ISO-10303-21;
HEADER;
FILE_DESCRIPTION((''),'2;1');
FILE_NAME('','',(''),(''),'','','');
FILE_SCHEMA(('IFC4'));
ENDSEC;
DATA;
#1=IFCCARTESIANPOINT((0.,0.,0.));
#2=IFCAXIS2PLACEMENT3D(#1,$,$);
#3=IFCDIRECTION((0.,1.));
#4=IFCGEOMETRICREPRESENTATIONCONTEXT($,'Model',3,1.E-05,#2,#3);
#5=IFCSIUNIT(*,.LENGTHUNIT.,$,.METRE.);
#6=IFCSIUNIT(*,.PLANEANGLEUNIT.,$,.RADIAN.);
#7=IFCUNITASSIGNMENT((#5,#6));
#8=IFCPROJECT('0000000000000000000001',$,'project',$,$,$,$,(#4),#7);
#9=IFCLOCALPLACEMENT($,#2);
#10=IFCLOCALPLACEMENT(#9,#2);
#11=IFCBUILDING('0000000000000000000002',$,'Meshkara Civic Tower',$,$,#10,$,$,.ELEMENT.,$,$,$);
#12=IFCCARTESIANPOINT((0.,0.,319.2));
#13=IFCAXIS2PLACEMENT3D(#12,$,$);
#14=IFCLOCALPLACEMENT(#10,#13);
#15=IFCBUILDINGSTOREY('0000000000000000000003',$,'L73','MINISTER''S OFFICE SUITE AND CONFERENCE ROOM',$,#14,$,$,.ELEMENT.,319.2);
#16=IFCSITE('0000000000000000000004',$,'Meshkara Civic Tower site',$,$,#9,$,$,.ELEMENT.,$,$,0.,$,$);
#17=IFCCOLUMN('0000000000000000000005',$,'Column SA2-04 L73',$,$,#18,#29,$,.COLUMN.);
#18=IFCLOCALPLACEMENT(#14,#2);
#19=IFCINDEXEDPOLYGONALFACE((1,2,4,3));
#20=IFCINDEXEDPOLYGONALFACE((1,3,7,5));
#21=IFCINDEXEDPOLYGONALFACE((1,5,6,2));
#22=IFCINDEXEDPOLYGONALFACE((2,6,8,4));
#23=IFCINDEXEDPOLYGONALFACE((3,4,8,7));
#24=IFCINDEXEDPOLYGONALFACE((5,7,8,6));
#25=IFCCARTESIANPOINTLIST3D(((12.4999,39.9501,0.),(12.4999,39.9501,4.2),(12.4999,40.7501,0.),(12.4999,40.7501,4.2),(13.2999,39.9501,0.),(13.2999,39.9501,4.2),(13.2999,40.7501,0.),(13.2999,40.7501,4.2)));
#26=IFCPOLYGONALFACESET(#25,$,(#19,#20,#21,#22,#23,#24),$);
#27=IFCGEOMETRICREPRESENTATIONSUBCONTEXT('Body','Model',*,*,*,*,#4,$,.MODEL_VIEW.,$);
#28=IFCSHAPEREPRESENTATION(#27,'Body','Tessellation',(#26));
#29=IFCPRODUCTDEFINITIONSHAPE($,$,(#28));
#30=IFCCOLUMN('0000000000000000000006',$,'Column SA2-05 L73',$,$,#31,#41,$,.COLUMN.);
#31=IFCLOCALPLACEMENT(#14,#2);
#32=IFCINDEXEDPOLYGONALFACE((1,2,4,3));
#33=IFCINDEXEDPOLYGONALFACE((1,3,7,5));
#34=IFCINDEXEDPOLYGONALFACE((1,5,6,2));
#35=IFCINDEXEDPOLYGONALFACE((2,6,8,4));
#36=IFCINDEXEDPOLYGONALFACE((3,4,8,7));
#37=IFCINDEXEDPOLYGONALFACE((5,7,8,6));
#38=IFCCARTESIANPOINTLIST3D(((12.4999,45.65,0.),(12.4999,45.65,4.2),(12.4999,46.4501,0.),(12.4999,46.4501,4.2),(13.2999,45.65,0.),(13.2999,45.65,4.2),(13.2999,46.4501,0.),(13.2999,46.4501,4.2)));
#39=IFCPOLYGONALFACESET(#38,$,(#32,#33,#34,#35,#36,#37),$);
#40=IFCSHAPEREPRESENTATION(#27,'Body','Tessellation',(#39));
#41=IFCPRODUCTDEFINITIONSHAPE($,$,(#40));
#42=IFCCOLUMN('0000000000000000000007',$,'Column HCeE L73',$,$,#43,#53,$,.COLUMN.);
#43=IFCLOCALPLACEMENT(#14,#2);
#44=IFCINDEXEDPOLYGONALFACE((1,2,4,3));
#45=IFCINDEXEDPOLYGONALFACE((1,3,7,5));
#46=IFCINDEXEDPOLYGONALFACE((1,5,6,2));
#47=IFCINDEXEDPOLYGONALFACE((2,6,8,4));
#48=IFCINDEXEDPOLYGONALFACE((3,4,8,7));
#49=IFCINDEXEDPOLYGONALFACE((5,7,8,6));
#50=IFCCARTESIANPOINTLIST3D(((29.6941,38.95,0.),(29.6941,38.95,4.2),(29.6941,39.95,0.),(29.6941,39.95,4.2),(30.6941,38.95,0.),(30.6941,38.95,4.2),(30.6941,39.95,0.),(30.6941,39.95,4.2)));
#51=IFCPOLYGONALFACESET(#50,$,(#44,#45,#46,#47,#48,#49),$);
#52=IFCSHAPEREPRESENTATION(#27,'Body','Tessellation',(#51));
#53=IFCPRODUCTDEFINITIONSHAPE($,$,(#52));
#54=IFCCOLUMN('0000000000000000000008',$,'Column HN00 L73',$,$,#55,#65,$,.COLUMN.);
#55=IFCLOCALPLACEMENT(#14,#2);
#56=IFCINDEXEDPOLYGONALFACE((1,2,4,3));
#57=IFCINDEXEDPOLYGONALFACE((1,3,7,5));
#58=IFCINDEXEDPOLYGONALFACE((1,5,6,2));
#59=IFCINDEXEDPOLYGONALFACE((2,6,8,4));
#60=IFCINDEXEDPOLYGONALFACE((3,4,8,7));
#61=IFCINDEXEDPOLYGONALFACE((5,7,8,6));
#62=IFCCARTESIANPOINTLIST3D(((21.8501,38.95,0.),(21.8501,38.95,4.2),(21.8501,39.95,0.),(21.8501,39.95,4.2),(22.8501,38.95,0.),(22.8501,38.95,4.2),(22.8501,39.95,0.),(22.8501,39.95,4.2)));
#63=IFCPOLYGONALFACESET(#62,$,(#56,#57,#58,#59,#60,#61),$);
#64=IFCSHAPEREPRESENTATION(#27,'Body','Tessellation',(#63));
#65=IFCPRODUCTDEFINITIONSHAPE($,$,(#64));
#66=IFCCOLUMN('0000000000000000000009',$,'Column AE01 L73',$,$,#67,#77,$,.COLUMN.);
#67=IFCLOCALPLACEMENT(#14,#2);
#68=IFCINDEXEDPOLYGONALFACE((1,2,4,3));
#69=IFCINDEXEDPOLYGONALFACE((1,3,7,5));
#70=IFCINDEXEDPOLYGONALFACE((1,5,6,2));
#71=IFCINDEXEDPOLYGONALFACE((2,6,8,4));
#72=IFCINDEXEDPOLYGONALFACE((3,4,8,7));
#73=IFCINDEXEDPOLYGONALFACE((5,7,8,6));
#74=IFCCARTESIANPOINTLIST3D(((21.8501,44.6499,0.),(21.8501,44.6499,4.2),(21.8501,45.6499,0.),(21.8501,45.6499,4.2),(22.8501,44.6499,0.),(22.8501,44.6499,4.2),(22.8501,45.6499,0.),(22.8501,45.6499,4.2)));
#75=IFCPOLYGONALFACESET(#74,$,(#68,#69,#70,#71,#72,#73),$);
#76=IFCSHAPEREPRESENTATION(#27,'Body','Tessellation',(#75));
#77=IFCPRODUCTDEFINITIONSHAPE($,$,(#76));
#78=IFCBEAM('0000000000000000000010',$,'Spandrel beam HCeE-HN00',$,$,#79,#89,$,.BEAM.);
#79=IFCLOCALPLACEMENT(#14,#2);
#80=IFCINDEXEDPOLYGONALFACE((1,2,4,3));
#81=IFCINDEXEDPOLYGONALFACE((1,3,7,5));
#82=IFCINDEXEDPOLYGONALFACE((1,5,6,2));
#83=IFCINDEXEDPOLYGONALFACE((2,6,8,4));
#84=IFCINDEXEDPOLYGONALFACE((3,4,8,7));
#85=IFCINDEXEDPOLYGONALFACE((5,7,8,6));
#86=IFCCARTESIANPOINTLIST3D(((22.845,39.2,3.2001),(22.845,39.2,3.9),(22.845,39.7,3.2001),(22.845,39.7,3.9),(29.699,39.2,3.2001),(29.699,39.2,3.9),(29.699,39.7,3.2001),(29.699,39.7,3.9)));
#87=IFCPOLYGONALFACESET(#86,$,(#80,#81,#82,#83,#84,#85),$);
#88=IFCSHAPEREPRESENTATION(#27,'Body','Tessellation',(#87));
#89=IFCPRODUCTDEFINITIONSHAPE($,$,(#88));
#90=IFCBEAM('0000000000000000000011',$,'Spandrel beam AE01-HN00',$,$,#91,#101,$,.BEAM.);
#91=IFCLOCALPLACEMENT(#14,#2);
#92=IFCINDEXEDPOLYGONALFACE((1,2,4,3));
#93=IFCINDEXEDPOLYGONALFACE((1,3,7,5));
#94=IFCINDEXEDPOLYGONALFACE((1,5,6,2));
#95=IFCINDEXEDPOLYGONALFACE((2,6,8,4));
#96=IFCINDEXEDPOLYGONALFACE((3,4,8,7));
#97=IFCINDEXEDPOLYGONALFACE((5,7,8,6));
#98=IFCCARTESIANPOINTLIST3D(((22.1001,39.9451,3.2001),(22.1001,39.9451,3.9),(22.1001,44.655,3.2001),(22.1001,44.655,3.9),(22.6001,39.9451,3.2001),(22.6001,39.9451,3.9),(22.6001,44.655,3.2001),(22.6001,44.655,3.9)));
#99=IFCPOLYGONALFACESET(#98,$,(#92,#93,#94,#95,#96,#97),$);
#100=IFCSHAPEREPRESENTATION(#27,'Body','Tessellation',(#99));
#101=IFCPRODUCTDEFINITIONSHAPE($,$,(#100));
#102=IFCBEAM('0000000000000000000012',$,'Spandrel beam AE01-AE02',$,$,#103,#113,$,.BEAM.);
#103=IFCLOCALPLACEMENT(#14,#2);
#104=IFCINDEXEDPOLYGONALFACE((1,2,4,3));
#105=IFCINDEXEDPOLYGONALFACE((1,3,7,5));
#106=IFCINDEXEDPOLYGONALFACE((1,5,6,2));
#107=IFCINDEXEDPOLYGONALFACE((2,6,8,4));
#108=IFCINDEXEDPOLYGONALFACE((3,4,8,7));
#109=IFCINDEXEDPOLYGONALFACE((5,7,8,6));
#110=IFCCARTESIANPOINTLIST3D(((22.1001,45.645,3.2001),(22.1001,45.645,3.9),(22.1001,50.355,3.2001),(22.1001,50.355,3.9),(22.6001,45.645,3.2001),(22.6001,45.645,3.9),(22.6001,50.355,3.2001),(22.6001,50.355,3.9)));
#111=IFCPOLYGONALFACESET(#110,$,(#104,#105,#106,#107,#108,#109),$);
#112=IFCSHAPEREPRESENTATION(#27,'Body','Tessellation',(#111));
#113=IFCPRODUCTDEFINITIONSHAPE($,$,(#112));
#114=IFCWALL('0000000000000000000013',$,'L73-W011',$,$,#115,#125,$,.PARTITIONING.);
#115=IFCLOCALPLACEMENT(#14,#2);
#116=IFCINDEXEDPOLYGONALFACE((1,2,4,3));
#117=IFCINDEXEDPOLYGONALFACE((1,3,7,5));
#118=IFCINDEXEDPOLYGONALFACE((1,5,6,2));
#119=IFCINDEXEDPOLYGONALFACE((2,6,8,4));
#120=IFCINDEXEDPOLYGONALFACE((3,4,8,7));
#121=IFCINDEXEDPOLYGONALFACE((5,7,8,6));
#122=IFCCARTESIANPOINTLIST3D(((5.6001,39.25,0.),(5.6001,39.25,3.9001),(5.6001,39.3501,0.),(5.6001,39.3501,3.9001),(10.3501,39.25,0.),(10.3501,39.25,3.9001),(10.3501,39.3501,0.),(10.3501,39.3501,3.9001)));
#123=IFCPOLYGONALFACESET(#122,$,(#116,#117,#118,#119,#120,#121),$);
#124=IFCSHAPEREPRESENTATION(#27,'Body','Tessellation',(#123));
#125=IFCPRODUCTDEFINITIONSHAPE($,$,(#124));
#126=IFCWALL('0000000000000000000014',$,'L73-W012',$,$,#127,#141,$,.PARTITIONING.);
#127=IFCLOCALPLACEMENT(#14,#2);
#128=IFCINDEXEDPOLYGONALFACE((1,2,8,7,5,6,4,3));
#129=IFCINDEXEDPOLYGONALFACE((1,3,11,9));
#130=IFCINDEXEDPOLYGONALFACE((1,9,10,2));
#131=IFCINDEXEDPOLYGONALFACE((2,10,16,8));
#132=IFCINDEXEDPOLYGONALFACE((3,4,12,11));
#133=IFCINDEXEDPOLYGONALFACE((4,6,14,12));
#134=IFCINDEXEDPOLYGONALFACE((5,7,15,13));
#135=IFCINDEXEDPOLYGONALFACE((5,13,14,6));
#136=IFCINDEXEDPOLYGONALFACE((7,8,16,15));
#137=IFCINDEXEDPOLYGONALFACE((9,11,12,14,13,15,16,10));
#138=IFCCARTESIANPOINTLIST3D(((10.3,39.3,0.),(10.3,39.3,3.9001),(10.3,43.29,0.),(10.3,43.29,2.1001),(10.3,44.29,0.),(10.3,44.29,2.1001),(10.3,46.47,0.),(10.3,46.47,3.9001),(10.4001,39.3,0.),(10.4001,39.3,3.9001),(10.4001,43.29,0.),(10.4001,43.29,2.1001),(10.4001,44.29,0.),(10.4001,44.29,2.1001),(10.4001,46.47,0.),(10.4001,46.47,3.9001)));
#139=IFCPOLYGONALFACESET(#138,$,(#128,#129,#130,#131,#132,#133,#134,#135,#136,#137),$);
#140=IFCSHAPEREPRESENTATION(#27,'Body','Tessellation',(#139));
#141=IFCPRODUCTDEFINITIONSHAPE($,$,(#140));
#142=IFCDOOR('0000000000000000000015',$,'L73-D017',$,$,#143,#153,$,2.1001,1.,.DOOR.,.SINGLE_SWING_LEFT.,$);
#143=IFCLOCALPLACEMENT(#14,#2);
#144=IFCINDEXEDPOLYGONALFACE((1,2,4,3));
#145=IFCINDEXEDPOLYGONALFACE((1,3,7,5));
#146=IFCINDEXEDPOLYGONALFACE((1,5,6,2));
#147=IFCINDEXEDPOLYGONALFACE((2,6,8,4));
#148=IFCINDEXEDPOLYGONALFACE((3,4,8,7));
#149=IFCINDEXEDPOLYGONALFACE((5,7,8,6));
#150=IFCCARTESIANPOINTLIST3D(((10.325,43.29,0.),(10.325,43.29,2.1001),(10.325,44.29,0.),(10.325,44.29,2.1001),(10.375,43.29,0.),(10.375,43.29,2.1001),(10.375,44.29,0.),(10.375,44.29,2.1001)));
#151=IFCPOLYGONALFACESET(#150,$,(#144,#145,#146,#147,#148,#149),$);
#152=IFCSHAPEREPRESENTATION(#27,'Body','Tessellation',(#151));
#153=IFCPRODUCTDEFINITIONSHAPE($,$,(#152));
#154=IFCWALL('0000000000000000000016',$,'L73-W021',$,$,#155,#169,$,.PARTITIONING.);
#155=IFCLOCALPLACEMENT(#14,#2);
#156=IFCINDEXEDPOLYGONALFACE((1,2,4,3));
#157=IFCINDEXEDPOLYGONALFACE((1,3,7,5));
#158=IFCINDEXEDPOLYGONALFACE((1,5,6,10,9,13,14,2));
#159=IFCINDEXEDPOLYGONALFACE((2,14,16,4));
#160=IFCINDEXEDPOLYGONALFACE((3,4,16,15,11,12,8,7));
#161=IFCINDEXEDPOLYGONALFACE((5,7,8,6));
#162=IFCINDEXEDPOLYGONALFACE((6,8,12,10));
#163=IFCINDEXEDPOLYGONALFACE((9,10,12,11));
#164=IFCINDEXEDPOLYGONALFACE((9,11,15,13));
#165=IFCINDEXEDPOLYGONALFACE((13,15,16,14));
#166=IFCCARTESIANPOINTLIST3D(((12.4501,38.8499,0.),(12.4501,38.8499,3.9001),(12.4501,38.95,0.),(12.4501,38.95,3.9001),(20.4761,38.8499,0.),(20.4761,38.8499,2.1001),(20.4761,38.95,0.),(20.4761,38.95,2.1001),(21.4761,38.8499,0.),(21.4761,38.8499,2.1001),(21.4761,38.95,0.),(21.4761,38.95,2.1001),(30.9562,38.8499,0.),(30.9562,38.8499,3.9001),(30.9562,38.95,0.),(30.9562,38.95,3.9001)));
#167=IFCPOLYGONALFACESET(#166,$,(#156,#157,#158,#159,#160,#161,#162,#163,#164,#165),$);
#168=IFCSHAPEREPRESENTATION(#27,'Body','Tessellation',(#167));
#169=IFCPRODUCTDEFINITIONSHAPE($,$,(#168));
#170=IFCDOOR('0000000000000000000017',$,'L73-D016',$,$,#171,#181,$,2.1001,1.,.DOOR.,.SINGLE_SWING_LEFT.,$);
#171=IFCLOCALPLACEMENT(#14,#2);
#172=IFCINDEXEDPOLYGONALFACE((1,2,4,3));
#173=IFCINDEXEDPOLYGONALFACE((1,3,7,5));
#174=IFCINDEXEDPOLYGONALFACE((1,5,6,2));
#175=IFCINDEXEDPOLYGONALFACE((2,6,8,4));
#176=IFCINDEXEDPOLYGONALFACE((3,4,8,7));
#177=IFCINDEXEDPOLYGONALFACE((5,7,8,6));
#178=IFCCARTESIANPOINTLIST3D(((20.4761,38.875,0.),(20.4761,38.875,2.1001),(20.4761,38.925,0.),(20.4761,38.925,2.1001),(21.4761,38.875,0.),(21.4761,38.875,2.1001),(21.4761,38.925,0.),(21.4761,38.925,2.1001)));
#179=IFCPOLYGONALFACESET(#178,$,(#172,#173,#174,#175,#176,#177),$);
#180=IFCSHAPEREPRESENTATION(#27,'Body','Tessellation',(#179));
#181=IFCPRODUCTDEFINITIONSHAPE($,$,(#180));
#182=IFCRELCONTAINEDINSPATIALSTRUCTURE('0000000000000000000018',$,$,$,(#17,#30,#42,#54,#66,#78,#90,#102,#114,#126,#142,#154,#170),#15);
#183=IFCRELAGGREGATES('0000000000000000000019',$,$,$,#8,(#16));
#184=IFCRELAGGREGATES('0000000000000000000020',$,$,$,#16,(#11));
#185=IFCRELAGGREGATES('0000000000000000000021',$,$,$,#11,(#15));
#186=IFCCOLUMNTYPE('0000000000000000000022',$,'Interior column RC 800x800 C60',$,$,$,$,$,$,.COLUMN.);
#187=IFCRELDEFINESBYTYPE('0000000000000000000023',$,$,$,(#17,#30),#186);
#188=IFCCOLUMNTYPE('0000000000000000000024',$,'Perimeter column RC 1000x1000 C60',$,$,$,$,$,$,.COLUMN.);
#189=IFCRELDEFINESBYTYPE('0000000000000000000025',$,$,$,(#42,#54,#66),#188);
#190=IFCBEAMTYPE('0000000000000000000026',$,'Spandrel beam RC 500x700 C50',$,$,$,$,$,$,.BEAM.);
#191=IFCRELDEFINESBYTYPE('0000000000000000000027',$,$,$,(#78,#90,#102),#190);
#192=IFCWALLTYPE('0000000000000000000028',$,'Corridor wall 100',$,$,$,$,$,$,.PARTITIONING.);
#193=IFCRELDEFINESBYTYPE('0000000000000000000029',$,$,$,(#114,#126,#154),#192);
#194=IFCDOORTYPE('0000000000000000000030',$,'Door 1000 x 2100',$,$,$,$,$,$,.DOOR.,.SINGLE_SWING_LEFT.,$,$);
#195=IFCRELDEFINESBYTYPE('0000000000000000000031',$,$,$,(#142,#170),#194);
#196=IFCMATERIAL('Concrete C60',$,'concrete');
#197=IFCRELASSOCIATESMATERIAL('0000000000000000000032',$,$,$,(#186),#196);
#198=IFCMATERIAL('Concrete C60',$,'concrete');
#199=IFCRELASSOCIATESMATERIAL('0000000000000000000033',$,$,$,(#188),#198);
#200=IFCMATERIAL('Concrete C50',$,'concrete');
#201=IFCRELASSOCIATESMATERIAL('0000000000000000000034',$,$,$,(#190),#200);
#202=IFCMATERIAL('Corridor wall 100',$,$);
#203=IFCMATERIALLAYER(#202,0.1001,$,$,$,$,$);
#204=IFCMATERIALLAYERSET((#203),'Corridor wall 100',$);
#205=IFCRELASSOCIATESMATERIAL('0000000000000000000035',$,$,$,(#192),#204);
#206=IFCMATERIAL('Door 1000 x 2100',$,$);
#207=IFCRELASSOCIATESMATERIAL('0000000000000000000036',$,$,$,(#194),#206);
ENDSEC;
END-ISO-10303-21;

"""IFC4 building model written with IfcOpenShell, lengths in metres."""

from ifc_helpers import new_model, si_unit, direction, frame, frame_2d, origin, origin_2d, place, context, subcontext, project, spatial, rectangle, extrude, material, layer, layer_set, material_profile, profile_set, type_object, element, fill, save


model = new_model("IFC4")

# Units and contexts
model_context = context("Model", 3, precision=1e-05, world=origin(), true_north=direction((0.0, 1.0)))
body_context = subcontext(model_context, "Body", "Model", "MODEL_VIEW")
ifc_project = project(units=[si_unit("LENGTHUNIT", "METRE"), si_unit("PLANEANGLEUNIT", "RADIAN")], contexts=[model_context])

# Site, building, storey
site_placement = place(None, origin())
site = spatial("IfcSite", under=ifc_project, at=site_placement, Name="Meshkara Civic Tower site", CompositionType="ELEMENT", RefElevation=0.0)
building_placement = place(site_placement, origin())
building = spatial("IfcBuilding", under=site, at=building_placement, Name="Meshkara Civic Tower", CompositionType="ELEMENT")
storey_placement = place(building_placement, frame((0.0, 0.0, 319.2)))
storey = spatial("IfcBuildingStorey", under=building, at=storey_placement, Name="L73", Description="MINISTER'S OFFICE SUITE AND CONFERENCE ROOM", CompositionType="ELEMENT", Elevation=319.2)

# Columns
ifc_material_1 = material(Name="Concrete C60", Category="concrete")
ifc_material_profile_1 = material_profile(ifc_material_1, rectangle(XDim=0.8, YDim=0.8, at=origin_2d()))
ifc_profile_set_1 = profile_set([ifc_material_profile_1], Name="Concrete C60")
column_type_1 = type_object("IfcColumnType", Name="Interior column RC 800x800 C60", PredefinedType="COLUMN", material=ifc_profile_set_1)
for number, where, z_axis, x_axis, name in (
    (1, (12.8999, 40.3501, 0.0), (0.0, 0.0, 1.0), (1.0, 0.0, 0.0), "Column SA2-04 L73"),
    (2, (12.8999, 46.05, 0.0), (0.0, 0.0, 1.0), (1.0, 0.0, 0.0), "Column SA2-05 L73"),
):
    element("IfcColumn", number, at=place(storey_placement, frame(where, z_axis=z_axis, x_axis=x_axis)), inside=storey, type_object=column_type_1, Name=name, PredefinedType="COLUMN", context=body_context, shape_type="SweptSolid", body=[
        extrude(rectangle(XDim=0.8, YDim=0.8, at=origin_2d()), origin(), (0.0, 0.0, 1.0), 4.2),
    ])
ifc_material_2 = material(Name="Concrete C60", Category="concrete")
ifc_material_profile_2 = material_profile(ifc_material_2, rectangle(XDim=1.0, YDim=1.0, at=origin_2d()))
ifc_profile_set_2 = profile_set([ifc_material_profile_2], Name="Concrete C60")
column_type_2 = type_object("IfcColumnType", Name="Perimeter column RC 1000x1000 C60", PredefinedType="COLUMN", material=ifc_profile_set_2)
for number, where, z_axis, x_axis, name in (
    (3, (30.1941, 39.45, 0.0), (0.0, 0.0, 1.0), (1.0, 0.0, 0.0), "Column HCeE L73"),
    (4, (22.3501, 39.45, 0.0), (0.0, 0.0, 1.0), (1.0, 0.0, 0.0), "Column HN00 L73"),
    (5, (22.3501, 45.1499, 0.0), (0.0, 0.0, 1.0), (1.0, 0.0, 0.0), "Column AE01 L73"),
):
    element("IfcColumn", number, at=place(storey_placement, frame(where, z_axis=z_axis, x_axis=x_axis)), inside=storey, type_object=column_type_2, Name=name, PredefinedType="COLUMN", context=body_context, shape_type="SweptSolid", body=[
        extrude(rectangle(XDim=1.0, YDim=1.0, at=origin_2d()), origin(), (0.0, 0.0, 1.0), 4.2),
    ])

# Beams
ifc_material_3 = material(Name="Concrete C50", Category="concrete")
ifc_material_profile_3 = material_profile(ifc_material_3, rectangle(XDim=0.5, YDim=0.7, at=origin_2d()))
ifc_profile_set_3 = profile_set([ifc_material_profile_3], Name="Concrete C50")
beam_type = type_object("IfcBeamType", Name="Spandrel beam RC 500x700 C50", PredefinedType="BEAM", material=ifc_profile_set_3)
beam_placement = place(storey_placement, frame((29.699, 39.45, 3.55), z_axis=(-1.0, 0.0, 0.0), x_axis=(0.0, -1.0, 0.0)))
element("IfcBeam", 6, at=beam_placement, inside=storey, type_object=beam_type, Name="Spandrel beam HCeE-HN00", PredefinedType="BEAM", context=body_context, shape_type="SweptSolid", body=[
    extrude(rectangle(XDim=0.5, YDim=0.7, at=origin_2d()), origin(), (0.0, 0.0, 1.0), 6.854),
])
for number, where, z_axis, x_axis, name in (
    (7, (22.3501, 39.9451, 3.55), (0.0, 1.0, 0.0), (-1.0, 0.0, 0.0), "Spandrel beam AE01-HN00"),
    (8, (22.3501, 45.645, 3.55), (0.0, 1.0, 0.0), (-1.0, 0.0, 0.0), "Spandrel beam AE01-AE02"),
):
    element("IfcBeam", number, at=place(storey_placement, frame(where, z_axis=z_axis, x_axis=x_axis)), inside=storey, type_object=beam_type, Name=name, PredefinedType="BEAM", context=body_context, shape_type="SweptSolid", body=[
        extrude(rectangle(XDim=0.5, YDim=0.7, at=origin_2d()), origin(), (0.0, 0.0, 1.0), 4.71),
    ])

# Wall
ifc_material_4 = material(Name="Corridor wall 100")
ifc_layer_1 = layer(ifc_material_4, 0.1001)
ifc_layer_set_1 = layer_set([ifc_layer_1], Name="Corridor wall 100")
wall_type_1 = type_object("IfcWallType", Name="Corridor wall 100", PredefinedType="PARTITIONING", material=ifc_layer_set_1)
wall_1_placement = place(storey_placement, frame((10.3501, 39.3, 0.0), z_axis=(0.0, 0.0, 1.0), x_axis=(-1.0, 0.0, 0.0)))
element("IfcWall", 9, at=wall_1_placement, inside=storey, type_object=wall_type_1, Name="L73-W011", PredefinedType="PARTITIONING", context=body_context, shape_type="SweptSolid", body=[
    extrude(rectangle(XDim=4.75, YDim=0.1001, at=frame_2d((2.375, 0.0))), origin(), (0.0, 0.0, 1.0), 3.9001),
])

# Walls, openings, doors
wall_2_placement = place(storey_placement, frame((10.3501, 46.47, 0.0), z_axis=(0.0, 0.0, 1.0), x_axis=(0.0, -1.0, 0.0)))
wall_2 = element("IfcWall", 10, at=wall_2_placement, inside=storey, type_object=wall_type_1, Name="L73-W012", PredefinedType="PARTITIONING", context=body_context, shape_type="SweptSolid", body=[
    extrude(rectangle(XDim=7.1699, YDim=0.1001, at=frame_2d((3.585, 0.0))), origin(), (0.0, 0.0, 1.0), 3.9001),
])
opening_1_placement = place(wall_2_placement, frame((2.1799, 0.0, 0.0)))
opening_1 = element("IfcOpeningElement", 11, at=opening_1_placement, cuts=wall_2, PredefinedType="OPENING", context=body_context, shape_type="SweptSolid", body=[
    extrude(rectangle(XDim=1.0, YDim=2.1001, at=frame_2d((0.5, 1.05))), frame((0.0, 0.0601, 0.0), z_axis=(0.0, -1.0, 0.0), x_axis=(1.0, 0.0, 0.0)), (0.0, 0.0, 1.0), 0.1201),
])
ifc_material_5 = material(Name="Door 1000 x 2100")
door_type = type_object("IfcDoorType", Name="Door 1000 x 2100", OperationType="SINGLE_SWING_LEFT", PredefinedType="DOOR", material=ifc_material_5)
door_1_placement = place(opening_1_placement, origin())
door_1 = element("IfcDoor", 12, at=door_1_placement, inside=storey, type_object=door_type, Name="L73-D017", OperationType="SINGLE_SWING_LEFT", OverallHeight=2.1001, OverallWidth=1.0, PredefinedType="DOOR", context=body_context, shape_type="SweptSolid", body=[
    extrude(rectangle(XDim=1.0, YDim=2.1001, at=frame_2d((0.5, 1.05))), frame((0.0, 0.0249, 0.0), z_axis=(0.0, -1.0, 0.0), x_axis=(1.0, 0.0, 0.0)), (0.0, 0.0, 1.0), 0.05),
])
fill(opening_1, door_1)
wall_3_placement = place(storey_placement, frame((30.9561, 38.8999, 0.0), z_axis=(0.0, 0.0, 1.0), x_axis=(-1.0, 0.0, 0.0)))
wall_3 = element("IfcWall", 13, at=wall_3_placement, inside=storey, type_object=wall_type_1, Name="L73-W021", PredefinedType="PARTITIONING", context=body_context, shape_type="SweptSolid", body=[
    extrude(rectangle(XDim=18.5061, YDim=0.1001, at=frame_2d((9.2529, 0.0))), origin(), (0.0, 0.0, 1.0), 3.9001),
])
opening_2_placement = place(wall_3_placement, frame((9.48, 0.0, 0.0)))
opening_2 = element("IfcOpeningElement", 14, at=opening_2_placement, cuts=wall_3, PredefinedType="OPENING", context=body_context, shape_type="SweptSolid", body=[
    extrude(rectangle(XDim=1.0, YDim=2.1001, at=frame_2d((0.5, 1.05))), frame((0.0, 0.0601, 0.0), z_axis=(0.0, -1.0, 0.0), x_axis=(1.0, 0.0, 0.0)), (0.0, 0.0, 1.0), 0.1201),
])
door_2_placement = place(opening_2_placement, origin())
door_2 = element("IfcDoor", 15, at=door_2_placement, inside=storey, type_object=door_type, Name="L73-D016", OperationType="SINGLE_SWING_LEFT", OverallHeight=2.1001, OverallWidth=1.0, PredefinedType="DOOR", context=body_context, shape_type="SweptSolid", body=[
    extrude(rectangle(XDim=1.0, YDim=2.1001, at=frame_2d((0.5, 1.05))), frame((0.0, 0.0249, 0.0), z_axis=(0.0, -1.0, 0.0), x_axis=(1.0, 0.0, 0.0)), (0.0, 0.0, 1.0), 0.05),
])
fill(opening_2, door_2)

save(model, "model.ifc")
